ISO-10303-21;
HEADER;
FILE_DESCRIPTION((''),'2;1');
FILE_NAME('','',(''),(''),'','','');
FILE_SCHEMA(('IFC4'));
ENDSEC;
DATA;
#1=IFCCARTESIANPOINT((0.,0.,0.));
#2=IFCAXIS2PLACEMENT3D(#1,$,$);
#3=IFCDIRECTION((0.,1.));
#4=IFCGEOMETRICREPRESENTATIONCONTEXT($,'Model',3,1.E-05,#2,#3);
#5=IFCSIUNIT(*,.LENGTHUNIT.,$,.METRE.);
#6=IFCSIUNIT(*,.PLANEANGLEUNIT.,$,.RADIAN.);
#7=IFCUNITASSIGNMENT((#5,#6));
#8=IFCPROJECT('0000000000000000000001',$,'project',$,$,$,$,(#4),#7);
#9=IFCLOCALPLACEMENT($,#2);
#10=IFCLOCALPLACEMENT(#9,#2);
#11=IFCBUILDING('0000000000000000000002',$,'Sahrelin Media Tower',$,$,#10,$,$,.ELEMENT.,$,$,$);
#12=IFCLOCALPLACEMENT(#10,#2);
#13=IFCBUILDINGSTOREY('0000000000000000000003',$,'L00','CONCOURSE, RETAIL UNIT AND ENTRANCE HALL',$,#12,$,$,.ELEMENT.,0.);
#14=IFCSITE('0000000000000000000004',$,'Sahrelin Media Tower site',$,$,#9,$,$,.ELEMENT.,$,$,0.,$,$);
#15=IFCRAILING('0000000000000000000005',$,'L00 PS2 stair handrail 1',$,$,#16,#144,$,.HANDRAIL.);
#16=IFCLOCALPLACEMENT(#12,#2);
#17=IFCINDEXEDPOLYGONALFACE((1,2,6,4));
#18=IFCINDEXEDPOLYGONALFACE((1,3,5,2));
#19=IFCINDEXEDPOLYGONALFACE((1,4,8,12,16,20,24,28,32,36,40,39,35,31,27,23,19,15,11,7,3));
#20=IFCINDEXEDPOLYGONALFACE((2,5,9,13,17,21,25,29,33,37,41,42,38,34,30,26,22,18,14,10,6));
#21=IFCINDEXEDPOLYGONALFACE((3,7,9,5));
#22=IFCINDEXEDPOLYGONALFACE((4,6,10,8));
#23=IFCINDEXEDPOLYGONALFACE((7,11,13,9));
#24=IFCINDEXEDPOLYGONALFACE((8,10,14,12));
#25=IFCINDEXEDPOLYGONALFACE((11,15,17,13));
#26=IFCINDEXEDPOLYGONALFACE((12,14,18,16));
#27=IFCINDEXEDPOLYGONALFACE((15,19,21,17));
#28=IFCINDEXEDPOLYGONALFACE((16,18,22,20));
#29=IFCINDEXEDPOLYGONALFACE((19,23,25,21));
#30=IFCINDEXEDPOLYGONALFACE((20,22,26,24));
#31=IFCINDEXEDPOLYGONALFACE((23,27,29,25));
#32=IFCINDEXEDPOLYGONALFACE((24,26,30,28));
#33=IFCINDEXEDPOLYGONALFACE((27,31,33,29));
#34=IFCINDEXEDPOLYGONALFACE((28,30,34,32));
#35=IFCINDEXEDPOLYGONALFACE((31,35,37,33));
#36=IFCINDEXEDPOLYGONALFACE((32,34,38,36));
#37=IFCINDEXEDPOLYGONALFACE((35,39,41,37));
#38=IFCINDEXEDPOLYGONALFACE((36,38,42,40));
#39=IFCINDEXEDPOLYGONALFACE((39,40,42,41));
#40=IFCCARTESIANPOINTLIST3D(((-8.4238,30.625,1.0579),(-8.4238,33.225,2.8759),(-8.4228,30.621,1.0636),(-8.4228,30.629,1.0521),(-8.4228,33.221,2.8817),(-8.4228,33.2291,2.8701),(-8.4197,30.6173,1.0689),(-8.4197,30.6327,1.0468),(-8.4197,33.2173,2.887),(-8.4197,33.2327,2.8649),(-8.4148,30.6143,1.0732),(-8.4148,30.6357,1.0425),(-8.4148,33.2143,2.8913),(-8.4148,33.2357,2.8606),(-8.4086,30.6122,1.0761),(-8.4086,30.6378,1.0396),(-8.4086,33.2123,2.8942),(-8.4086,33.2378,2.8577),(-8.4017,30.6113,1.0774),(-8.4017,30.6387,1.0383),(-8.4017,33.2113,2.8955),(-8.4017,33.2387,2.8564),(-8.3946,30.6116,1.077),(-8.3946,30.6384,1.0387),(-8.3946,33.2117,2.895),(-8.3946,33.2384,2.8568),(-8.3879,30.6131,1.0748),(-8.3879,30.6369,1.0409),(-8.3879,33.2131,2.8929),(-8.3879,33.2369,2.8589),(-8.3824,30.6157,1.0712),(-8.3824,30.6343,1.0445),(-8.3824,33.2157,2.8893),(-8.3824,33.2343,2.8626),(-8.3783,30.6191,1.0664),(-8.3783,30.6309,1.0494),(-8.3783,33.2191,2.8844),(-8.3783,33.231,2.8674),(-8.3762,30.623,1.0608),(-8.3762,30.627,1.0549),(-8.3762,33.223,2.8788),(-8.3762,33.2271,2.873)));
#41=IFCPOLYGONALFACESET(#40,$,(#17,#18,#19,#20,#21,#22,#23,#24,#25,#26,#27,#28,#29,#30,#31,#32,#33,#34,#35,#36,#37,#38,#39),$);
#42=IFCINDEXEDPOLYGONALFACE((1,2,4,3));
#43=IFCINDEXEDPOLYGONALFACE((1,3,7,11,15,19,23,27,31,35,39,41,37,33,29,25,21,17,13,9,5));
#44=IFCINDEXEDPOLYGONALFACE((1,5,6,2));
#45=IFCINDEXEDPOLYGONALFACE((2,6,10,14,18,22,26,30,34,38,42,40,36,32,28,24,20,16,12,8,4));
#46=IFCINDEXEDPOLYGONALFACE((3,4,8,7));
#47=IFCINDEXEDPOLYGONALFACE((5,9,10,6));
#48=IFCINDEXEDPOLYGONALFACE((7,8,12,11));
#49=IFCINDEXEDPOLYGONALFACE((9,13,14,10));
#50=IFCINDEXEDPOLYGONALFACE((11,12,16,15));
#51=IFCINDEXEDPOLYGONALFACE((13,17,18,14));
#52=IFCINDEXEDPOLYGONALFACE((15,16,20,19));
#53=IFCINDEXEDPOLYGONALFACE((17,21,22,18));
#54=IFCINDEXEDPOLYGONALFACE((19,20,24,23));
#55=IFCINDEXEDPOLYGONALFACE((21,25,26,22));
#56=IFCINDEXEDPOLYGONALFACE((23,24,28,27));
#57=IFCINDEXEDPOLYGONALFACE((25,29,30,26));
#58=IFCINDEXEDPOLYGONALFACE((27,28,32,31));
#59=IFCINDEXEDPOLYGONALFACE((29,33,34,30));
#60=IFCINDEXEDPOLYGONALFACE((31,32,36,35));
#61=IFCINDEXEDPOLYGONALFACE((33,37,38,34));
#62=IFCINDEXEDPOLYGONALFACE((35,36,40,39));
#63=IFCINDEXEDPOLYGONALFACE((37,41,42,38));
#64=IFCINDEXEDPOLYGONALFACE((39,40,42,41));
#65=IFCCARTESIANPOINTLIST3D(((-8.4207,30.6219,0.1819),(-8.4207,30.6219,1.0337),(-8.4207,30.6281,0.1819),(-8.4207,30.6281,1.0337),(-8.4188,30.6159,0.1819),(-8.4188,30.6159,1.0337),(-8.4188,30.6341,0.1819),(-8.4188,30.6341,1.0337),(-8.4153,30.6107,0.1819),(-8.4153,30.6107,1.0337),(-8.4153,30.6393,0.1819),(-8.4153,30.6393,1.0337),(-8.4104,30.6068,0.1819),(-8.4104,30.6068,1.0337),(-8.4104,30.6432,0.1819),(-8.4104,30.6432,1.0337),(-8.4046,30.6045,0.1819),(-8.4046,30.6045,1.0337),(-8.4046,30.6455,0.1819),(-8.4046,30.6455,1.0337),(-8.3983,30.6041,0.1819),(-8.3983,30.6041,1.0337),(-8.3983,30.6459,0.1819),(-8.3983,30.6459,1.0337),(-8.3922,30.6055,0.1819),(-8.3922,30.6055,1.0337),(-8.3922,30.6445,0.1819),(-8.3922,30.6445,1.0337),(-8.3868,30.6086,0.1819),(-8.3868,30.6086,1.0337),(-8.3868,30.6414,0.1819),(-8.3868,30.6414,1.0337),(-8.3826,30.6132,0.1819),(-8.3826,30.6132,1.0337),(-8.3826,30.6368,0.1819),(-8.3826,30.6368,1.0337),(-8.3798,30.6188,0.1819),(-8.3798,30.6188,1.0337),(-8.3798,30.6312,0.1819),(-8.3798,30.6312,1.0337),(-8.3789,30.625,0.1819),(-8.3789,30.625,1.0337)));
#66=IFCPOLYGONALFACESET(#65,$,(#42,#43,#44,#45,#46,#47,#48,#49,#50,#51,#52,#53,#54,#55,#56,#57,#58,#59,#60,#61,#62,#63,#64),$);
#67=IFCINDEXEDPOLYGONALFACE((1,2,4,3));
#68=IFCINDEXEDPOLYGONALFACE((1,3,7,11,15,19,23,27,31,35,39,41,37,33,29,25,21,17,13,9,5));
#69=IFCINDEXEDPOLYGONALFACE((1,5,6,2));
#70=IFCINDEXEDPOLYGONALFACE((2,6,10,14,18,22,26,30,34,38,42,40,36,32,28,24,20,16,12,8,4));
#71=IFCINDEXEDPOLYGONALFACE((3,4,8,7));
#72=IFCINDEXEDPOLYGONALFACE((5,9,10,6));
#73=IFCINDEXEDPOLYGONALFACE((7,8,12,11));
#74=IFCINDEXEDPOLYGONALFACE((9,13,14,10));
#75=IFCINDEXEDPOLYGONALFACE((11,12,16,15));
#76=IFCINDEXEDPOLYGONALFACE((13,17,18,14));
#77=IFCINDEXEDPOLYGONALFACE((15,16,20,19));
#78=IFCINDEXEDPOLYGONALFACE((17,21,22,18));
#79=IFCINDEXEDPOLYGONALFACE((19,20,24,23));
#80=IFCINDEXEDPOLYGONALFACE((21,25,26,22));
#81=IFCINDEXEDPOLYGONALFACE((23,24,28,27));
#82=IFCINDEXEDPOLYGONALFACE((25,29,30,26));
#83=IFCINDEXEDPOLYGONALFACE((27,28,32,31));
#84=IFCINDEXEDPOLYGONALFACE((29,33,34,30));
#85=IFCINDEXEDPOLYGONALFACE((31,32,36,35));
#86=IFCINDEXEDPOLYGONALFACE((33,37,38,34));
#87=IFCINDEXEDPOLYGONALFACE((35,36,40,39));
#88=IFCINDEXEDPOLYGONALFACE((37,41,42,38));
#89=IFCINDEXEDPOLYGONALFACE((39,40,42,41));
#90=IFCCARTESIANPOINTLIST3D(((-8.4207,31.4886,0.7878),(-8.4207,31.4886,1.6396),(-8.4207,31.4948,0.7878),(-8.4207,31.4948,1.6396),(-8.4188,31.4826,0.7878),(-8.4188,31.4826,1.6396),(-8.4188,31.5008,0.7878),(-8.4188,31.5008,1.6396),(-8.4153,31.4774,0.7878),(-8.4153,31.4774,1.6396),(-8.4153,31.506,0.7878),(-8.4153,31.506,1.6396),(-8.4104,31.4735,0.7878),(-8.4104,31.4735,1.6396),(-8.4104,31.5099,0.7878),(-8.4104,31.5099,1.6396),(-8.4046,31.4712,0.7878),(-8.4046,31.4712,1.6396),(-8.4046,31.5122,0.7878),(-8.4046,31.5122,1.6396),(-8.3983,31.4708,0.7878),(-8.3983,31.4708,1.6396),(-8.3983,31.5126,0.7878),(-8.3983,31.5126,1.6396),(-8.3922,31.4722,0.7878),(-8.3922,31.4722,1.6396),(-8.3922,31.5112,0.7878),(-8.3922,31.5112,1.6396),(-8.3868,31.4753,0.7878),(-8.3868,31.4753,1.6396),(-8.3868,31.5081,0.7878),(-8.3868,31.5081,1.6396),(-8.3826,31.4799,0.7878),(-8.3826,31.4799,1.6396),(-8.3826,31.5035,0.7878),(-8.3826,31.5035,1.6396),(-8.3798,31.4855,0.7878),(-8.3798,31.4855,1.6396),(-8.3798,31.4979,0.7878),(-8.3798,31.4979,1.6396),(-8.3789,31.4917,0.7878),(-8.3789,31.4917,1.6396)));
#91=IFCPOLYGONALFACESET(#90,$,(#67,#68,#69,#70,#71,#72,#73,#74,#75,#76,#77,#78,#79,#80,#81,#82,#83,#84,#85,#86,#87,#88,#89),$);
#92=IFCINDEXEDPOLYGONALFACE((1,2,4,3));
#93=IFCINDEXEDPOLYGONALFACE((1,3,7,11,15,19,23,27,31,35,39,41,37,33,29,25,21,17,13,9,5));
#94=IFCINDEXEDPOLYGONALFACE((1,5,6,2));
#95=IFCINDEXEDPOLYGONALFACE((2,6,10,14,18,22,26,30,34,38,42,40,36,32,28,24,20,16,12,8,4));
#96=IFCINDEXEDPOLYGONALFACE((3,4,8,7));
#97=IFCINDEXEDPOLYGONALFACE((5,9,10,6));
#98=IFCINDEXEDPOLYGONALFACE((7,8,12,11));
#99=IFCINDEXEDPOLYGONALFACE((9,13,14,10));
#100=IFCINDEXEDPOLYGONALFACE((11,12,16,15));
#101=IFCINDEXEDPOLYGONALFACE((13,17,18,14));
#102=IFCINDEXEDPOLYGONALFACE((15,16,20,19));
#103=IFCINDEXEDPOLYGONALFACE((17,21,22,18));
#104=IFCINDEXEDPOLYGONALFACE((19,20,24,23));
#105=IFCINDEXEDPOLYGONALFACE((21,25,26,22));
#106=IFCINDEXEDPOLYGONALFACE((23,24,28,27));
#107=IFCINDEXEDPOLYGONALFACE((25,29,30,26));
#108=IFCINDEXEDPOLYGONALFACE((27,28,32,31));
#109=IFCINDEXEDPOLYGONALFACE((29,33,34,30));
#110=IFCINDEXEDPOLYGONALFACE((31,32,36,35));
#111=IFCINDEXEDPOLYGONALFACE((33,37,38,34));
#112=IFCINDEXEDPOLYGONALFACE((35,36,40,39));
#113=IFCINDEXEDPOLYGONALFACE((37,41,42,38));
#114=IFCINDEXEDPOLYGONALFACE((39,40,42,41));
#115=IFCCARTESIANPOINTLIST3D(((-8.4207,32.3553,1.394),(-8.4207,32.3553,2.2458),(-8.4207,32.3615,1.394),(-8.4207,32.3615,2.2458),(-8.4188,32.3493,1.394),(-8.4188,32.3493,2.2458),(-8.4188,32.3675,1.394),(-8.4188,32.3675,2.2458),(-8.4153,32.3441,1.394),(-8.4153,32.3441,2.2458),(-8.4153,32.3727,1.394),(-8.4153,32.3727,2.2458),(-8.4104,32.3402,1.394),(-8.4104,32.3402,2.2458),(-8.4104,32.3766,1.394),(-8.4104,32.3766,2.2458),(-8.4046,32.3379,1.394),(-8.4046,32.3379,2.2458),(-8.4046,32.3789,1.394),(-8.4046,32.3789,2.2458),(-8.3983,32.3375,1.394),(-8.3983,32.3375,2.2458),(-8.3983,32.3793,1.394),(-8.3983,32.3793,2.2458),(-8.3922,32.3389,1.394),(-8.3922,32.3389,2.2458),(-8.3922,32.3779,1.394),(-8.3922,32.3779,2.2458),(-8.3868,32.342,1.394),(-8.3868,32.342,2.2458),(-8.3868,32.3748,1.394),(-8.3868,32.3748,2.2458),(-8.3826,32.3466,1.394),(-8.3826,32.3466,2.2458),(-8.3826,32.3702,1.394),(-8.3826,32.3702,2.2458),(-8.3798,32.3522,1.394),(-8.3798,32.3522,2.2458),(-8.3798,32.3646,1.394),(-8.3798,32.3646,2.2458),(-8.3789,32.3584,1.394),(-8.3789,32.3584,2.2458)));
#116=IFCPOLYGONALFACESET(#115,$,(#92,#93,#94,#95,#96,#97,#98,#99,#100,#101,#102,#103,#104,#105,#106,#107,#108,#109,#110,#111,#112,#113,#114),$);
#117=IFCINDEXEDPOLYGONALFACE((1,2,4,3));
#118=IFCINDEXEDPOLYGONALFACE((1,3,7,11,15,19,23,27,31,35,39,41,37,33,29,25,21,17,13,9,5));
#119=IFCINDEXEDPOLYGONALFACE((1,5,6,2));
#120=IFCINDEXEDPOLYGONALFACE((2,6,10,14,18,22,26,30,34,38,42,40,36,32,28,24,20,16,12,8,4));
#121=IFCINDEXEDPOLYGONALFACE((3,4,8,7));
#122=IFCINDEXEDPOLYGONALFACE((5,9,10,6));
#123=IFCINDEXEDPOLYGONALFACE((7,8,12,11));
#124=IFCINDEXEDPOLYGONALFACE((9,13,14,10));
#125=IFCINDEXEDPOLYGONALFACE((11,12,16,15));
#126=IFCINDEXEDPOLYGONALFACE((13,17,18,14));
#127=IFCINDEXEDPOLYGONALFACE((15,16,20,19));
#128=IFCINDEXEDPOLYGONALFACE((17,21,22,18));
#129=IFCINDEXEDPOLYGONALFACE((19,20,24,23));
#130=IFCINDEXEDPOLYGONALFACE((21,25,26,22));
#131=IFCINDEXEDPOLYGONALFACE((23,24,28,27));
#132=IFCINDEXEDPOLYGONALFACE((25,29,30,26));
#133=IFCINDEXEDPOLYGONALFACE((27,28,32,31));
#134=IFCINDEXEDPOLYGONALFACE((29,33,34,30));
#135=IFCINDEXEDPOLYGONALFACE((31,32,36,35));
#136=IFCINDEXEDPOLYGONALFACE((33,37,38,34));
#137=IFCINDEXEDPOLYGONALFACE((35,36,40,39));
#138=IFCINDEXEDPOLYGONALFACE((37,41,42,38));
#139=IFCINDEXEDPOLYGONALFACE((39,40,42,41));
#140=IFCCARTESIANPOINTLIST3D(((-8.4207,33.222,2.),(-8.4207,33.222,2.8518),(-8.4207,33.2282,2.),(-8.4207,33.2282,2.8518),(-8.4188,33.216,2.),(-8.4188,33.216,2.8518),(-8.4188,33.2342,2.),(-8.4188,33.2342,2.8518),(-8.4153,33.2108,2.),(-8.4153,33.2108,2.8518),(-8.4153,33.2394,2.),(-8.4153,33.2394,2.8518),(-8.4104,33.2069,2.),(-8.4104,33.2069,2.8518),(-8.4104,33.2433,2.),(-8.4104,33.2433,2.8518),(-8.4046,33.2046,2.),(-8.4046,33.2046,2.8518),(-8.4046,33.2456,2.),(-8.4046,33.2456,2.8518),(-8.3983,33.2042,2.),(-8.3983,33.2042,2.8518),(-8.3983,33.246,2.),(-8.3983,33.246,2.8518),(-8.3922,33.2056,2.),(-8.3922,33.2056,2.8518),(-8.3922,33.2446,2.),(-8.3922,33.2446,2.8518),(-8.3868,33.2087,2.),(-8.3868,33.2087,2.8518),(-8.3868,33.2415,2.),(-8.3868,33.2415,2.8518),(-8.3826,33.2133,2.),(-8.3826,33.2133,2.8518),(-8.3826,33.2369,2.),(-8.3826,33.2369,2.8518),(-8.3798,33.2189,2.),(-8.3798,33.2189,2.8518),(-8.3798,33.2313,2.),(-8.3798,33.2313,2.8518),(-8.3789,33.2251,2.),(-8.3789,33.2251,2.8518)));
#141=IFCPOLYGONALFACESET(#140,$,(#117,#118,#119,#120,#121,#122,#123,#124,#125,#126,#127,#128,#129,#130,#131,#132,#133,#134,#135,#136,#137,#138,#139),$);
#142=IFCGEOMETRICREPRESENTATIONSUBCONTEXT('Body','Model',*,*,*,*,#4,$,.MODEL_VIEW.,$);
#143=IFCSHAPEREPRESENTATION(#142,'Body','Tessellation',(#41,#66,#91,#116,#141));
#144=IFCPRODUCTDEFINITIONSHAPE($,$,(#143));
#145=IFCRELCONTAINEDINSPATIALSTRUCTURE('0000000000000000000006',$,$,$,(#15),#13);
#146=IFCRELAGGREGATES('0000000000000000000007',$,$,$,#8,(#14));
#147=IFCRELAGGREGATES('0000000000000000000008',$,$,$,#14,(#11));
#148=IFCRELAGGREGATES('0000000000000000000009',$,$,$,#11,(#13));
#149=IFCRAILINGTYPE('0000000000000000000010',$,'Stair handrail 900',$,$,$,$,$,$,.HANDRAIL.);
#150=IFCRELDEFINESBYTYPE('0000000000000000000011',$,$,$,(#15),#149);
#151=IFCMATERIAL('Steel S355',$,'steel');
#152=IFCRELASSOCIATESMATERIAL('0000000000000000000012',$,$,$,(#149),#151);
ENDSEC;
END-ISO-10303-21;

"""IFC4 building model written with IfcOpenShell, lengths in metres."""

from ifc_helpers import new_model, si_unit, direction, frame, origin, origin_2d, place, context, subcontext, project, spatial, circle, extrude, material, type_object, element, save


model = new_model("IFC4")

# Units and contexts
model_context = context("Model", 3, precision=1e-05, world=origin(), true_north=direction((0.0, 1.0)))
body_context = subcontext(model_context, "Body", "Model", "MODEL_VIEW")
ifc_project = project(units=[si_unit("LENGTHUNIT", "METRE"), si_unit("PLANEANGLEUNIT", "RADIAN")], contexts=[model_context])

# Site, building, storey
site_placement = place(None, origin())
site = spatial("IfcSite", under=ifc_project, at=site_placement, Name="Sahrelin Media Tower site", CompositionType="ELEMENT", RefElevation=0.0)
building_placement = place(site_placement, origin())
building = spatial("IfcBuilding", under=site, at=building_placement, Name="Sahrelin Media Tower", CompositionType="ELEMENT")
storey_placement = place(building_placement, origin())
storey = spatial("IfcBuildingStorey", under=building, at=storey_placement, Name="L00", Description="CONCOURSE, RETAIL UNIT AND ENTRANCE HALL", CompositionType="ELEMENT", Elevation=0.0)

# Shared definitions
ifc_material_1 = material(Name="Steel S355", Category="steel")

# Railing
railing_type_1 = type_object("IfcRailingType", Name="Stair handrail 900", PredefinedType="HANDRAIL", material=ifc_material_1)
railing_1_placement = place(storey_placement, frame((-8.3999, 30.625, 0.1819)))
element("IfcRailing", 1, at=railing_1_placement, inside=storey, type_object=railing_type_1, Name="L00 PS2 stair handrail 1", PredefinedType="HANDRAIL", context=body_context, shape_type="SweptSolid", body=[
    extrude(circle(Radius=0.0239, at=origin_2d()), frame((0.0, 0.0, 0.876), z_axis=(0.0, 0.819521, 0.573049), x_axis=(-1.0, 0.0, 0.0)), (0.0, 0.0, 1.0), 3.1726),
    extrude(circle(Radius=0.021, at=origin_2d()), origin(), (0.0, 0.0, 1.0), 0.8518),
    extrude(circle(Radius=0.021, at=origin_2d()), frame((0.0, 0.8667, 0.606)), (0.0, 0.0, 1.0), 0.8518),
    extrude(circle(Radius=0.021, at=origin_2d()), frame((0.0, 1.7334, 1.2122)), (0.0, 0.0, 1.0), 0.8518),
    extrude(circle(Radius=0.021, at=origin_2d()), frame((0.0, 2.6001, 1.8181)), (0.0, 0.0, 1.0), 0.8518),
])

save(model, "model.ifc")
